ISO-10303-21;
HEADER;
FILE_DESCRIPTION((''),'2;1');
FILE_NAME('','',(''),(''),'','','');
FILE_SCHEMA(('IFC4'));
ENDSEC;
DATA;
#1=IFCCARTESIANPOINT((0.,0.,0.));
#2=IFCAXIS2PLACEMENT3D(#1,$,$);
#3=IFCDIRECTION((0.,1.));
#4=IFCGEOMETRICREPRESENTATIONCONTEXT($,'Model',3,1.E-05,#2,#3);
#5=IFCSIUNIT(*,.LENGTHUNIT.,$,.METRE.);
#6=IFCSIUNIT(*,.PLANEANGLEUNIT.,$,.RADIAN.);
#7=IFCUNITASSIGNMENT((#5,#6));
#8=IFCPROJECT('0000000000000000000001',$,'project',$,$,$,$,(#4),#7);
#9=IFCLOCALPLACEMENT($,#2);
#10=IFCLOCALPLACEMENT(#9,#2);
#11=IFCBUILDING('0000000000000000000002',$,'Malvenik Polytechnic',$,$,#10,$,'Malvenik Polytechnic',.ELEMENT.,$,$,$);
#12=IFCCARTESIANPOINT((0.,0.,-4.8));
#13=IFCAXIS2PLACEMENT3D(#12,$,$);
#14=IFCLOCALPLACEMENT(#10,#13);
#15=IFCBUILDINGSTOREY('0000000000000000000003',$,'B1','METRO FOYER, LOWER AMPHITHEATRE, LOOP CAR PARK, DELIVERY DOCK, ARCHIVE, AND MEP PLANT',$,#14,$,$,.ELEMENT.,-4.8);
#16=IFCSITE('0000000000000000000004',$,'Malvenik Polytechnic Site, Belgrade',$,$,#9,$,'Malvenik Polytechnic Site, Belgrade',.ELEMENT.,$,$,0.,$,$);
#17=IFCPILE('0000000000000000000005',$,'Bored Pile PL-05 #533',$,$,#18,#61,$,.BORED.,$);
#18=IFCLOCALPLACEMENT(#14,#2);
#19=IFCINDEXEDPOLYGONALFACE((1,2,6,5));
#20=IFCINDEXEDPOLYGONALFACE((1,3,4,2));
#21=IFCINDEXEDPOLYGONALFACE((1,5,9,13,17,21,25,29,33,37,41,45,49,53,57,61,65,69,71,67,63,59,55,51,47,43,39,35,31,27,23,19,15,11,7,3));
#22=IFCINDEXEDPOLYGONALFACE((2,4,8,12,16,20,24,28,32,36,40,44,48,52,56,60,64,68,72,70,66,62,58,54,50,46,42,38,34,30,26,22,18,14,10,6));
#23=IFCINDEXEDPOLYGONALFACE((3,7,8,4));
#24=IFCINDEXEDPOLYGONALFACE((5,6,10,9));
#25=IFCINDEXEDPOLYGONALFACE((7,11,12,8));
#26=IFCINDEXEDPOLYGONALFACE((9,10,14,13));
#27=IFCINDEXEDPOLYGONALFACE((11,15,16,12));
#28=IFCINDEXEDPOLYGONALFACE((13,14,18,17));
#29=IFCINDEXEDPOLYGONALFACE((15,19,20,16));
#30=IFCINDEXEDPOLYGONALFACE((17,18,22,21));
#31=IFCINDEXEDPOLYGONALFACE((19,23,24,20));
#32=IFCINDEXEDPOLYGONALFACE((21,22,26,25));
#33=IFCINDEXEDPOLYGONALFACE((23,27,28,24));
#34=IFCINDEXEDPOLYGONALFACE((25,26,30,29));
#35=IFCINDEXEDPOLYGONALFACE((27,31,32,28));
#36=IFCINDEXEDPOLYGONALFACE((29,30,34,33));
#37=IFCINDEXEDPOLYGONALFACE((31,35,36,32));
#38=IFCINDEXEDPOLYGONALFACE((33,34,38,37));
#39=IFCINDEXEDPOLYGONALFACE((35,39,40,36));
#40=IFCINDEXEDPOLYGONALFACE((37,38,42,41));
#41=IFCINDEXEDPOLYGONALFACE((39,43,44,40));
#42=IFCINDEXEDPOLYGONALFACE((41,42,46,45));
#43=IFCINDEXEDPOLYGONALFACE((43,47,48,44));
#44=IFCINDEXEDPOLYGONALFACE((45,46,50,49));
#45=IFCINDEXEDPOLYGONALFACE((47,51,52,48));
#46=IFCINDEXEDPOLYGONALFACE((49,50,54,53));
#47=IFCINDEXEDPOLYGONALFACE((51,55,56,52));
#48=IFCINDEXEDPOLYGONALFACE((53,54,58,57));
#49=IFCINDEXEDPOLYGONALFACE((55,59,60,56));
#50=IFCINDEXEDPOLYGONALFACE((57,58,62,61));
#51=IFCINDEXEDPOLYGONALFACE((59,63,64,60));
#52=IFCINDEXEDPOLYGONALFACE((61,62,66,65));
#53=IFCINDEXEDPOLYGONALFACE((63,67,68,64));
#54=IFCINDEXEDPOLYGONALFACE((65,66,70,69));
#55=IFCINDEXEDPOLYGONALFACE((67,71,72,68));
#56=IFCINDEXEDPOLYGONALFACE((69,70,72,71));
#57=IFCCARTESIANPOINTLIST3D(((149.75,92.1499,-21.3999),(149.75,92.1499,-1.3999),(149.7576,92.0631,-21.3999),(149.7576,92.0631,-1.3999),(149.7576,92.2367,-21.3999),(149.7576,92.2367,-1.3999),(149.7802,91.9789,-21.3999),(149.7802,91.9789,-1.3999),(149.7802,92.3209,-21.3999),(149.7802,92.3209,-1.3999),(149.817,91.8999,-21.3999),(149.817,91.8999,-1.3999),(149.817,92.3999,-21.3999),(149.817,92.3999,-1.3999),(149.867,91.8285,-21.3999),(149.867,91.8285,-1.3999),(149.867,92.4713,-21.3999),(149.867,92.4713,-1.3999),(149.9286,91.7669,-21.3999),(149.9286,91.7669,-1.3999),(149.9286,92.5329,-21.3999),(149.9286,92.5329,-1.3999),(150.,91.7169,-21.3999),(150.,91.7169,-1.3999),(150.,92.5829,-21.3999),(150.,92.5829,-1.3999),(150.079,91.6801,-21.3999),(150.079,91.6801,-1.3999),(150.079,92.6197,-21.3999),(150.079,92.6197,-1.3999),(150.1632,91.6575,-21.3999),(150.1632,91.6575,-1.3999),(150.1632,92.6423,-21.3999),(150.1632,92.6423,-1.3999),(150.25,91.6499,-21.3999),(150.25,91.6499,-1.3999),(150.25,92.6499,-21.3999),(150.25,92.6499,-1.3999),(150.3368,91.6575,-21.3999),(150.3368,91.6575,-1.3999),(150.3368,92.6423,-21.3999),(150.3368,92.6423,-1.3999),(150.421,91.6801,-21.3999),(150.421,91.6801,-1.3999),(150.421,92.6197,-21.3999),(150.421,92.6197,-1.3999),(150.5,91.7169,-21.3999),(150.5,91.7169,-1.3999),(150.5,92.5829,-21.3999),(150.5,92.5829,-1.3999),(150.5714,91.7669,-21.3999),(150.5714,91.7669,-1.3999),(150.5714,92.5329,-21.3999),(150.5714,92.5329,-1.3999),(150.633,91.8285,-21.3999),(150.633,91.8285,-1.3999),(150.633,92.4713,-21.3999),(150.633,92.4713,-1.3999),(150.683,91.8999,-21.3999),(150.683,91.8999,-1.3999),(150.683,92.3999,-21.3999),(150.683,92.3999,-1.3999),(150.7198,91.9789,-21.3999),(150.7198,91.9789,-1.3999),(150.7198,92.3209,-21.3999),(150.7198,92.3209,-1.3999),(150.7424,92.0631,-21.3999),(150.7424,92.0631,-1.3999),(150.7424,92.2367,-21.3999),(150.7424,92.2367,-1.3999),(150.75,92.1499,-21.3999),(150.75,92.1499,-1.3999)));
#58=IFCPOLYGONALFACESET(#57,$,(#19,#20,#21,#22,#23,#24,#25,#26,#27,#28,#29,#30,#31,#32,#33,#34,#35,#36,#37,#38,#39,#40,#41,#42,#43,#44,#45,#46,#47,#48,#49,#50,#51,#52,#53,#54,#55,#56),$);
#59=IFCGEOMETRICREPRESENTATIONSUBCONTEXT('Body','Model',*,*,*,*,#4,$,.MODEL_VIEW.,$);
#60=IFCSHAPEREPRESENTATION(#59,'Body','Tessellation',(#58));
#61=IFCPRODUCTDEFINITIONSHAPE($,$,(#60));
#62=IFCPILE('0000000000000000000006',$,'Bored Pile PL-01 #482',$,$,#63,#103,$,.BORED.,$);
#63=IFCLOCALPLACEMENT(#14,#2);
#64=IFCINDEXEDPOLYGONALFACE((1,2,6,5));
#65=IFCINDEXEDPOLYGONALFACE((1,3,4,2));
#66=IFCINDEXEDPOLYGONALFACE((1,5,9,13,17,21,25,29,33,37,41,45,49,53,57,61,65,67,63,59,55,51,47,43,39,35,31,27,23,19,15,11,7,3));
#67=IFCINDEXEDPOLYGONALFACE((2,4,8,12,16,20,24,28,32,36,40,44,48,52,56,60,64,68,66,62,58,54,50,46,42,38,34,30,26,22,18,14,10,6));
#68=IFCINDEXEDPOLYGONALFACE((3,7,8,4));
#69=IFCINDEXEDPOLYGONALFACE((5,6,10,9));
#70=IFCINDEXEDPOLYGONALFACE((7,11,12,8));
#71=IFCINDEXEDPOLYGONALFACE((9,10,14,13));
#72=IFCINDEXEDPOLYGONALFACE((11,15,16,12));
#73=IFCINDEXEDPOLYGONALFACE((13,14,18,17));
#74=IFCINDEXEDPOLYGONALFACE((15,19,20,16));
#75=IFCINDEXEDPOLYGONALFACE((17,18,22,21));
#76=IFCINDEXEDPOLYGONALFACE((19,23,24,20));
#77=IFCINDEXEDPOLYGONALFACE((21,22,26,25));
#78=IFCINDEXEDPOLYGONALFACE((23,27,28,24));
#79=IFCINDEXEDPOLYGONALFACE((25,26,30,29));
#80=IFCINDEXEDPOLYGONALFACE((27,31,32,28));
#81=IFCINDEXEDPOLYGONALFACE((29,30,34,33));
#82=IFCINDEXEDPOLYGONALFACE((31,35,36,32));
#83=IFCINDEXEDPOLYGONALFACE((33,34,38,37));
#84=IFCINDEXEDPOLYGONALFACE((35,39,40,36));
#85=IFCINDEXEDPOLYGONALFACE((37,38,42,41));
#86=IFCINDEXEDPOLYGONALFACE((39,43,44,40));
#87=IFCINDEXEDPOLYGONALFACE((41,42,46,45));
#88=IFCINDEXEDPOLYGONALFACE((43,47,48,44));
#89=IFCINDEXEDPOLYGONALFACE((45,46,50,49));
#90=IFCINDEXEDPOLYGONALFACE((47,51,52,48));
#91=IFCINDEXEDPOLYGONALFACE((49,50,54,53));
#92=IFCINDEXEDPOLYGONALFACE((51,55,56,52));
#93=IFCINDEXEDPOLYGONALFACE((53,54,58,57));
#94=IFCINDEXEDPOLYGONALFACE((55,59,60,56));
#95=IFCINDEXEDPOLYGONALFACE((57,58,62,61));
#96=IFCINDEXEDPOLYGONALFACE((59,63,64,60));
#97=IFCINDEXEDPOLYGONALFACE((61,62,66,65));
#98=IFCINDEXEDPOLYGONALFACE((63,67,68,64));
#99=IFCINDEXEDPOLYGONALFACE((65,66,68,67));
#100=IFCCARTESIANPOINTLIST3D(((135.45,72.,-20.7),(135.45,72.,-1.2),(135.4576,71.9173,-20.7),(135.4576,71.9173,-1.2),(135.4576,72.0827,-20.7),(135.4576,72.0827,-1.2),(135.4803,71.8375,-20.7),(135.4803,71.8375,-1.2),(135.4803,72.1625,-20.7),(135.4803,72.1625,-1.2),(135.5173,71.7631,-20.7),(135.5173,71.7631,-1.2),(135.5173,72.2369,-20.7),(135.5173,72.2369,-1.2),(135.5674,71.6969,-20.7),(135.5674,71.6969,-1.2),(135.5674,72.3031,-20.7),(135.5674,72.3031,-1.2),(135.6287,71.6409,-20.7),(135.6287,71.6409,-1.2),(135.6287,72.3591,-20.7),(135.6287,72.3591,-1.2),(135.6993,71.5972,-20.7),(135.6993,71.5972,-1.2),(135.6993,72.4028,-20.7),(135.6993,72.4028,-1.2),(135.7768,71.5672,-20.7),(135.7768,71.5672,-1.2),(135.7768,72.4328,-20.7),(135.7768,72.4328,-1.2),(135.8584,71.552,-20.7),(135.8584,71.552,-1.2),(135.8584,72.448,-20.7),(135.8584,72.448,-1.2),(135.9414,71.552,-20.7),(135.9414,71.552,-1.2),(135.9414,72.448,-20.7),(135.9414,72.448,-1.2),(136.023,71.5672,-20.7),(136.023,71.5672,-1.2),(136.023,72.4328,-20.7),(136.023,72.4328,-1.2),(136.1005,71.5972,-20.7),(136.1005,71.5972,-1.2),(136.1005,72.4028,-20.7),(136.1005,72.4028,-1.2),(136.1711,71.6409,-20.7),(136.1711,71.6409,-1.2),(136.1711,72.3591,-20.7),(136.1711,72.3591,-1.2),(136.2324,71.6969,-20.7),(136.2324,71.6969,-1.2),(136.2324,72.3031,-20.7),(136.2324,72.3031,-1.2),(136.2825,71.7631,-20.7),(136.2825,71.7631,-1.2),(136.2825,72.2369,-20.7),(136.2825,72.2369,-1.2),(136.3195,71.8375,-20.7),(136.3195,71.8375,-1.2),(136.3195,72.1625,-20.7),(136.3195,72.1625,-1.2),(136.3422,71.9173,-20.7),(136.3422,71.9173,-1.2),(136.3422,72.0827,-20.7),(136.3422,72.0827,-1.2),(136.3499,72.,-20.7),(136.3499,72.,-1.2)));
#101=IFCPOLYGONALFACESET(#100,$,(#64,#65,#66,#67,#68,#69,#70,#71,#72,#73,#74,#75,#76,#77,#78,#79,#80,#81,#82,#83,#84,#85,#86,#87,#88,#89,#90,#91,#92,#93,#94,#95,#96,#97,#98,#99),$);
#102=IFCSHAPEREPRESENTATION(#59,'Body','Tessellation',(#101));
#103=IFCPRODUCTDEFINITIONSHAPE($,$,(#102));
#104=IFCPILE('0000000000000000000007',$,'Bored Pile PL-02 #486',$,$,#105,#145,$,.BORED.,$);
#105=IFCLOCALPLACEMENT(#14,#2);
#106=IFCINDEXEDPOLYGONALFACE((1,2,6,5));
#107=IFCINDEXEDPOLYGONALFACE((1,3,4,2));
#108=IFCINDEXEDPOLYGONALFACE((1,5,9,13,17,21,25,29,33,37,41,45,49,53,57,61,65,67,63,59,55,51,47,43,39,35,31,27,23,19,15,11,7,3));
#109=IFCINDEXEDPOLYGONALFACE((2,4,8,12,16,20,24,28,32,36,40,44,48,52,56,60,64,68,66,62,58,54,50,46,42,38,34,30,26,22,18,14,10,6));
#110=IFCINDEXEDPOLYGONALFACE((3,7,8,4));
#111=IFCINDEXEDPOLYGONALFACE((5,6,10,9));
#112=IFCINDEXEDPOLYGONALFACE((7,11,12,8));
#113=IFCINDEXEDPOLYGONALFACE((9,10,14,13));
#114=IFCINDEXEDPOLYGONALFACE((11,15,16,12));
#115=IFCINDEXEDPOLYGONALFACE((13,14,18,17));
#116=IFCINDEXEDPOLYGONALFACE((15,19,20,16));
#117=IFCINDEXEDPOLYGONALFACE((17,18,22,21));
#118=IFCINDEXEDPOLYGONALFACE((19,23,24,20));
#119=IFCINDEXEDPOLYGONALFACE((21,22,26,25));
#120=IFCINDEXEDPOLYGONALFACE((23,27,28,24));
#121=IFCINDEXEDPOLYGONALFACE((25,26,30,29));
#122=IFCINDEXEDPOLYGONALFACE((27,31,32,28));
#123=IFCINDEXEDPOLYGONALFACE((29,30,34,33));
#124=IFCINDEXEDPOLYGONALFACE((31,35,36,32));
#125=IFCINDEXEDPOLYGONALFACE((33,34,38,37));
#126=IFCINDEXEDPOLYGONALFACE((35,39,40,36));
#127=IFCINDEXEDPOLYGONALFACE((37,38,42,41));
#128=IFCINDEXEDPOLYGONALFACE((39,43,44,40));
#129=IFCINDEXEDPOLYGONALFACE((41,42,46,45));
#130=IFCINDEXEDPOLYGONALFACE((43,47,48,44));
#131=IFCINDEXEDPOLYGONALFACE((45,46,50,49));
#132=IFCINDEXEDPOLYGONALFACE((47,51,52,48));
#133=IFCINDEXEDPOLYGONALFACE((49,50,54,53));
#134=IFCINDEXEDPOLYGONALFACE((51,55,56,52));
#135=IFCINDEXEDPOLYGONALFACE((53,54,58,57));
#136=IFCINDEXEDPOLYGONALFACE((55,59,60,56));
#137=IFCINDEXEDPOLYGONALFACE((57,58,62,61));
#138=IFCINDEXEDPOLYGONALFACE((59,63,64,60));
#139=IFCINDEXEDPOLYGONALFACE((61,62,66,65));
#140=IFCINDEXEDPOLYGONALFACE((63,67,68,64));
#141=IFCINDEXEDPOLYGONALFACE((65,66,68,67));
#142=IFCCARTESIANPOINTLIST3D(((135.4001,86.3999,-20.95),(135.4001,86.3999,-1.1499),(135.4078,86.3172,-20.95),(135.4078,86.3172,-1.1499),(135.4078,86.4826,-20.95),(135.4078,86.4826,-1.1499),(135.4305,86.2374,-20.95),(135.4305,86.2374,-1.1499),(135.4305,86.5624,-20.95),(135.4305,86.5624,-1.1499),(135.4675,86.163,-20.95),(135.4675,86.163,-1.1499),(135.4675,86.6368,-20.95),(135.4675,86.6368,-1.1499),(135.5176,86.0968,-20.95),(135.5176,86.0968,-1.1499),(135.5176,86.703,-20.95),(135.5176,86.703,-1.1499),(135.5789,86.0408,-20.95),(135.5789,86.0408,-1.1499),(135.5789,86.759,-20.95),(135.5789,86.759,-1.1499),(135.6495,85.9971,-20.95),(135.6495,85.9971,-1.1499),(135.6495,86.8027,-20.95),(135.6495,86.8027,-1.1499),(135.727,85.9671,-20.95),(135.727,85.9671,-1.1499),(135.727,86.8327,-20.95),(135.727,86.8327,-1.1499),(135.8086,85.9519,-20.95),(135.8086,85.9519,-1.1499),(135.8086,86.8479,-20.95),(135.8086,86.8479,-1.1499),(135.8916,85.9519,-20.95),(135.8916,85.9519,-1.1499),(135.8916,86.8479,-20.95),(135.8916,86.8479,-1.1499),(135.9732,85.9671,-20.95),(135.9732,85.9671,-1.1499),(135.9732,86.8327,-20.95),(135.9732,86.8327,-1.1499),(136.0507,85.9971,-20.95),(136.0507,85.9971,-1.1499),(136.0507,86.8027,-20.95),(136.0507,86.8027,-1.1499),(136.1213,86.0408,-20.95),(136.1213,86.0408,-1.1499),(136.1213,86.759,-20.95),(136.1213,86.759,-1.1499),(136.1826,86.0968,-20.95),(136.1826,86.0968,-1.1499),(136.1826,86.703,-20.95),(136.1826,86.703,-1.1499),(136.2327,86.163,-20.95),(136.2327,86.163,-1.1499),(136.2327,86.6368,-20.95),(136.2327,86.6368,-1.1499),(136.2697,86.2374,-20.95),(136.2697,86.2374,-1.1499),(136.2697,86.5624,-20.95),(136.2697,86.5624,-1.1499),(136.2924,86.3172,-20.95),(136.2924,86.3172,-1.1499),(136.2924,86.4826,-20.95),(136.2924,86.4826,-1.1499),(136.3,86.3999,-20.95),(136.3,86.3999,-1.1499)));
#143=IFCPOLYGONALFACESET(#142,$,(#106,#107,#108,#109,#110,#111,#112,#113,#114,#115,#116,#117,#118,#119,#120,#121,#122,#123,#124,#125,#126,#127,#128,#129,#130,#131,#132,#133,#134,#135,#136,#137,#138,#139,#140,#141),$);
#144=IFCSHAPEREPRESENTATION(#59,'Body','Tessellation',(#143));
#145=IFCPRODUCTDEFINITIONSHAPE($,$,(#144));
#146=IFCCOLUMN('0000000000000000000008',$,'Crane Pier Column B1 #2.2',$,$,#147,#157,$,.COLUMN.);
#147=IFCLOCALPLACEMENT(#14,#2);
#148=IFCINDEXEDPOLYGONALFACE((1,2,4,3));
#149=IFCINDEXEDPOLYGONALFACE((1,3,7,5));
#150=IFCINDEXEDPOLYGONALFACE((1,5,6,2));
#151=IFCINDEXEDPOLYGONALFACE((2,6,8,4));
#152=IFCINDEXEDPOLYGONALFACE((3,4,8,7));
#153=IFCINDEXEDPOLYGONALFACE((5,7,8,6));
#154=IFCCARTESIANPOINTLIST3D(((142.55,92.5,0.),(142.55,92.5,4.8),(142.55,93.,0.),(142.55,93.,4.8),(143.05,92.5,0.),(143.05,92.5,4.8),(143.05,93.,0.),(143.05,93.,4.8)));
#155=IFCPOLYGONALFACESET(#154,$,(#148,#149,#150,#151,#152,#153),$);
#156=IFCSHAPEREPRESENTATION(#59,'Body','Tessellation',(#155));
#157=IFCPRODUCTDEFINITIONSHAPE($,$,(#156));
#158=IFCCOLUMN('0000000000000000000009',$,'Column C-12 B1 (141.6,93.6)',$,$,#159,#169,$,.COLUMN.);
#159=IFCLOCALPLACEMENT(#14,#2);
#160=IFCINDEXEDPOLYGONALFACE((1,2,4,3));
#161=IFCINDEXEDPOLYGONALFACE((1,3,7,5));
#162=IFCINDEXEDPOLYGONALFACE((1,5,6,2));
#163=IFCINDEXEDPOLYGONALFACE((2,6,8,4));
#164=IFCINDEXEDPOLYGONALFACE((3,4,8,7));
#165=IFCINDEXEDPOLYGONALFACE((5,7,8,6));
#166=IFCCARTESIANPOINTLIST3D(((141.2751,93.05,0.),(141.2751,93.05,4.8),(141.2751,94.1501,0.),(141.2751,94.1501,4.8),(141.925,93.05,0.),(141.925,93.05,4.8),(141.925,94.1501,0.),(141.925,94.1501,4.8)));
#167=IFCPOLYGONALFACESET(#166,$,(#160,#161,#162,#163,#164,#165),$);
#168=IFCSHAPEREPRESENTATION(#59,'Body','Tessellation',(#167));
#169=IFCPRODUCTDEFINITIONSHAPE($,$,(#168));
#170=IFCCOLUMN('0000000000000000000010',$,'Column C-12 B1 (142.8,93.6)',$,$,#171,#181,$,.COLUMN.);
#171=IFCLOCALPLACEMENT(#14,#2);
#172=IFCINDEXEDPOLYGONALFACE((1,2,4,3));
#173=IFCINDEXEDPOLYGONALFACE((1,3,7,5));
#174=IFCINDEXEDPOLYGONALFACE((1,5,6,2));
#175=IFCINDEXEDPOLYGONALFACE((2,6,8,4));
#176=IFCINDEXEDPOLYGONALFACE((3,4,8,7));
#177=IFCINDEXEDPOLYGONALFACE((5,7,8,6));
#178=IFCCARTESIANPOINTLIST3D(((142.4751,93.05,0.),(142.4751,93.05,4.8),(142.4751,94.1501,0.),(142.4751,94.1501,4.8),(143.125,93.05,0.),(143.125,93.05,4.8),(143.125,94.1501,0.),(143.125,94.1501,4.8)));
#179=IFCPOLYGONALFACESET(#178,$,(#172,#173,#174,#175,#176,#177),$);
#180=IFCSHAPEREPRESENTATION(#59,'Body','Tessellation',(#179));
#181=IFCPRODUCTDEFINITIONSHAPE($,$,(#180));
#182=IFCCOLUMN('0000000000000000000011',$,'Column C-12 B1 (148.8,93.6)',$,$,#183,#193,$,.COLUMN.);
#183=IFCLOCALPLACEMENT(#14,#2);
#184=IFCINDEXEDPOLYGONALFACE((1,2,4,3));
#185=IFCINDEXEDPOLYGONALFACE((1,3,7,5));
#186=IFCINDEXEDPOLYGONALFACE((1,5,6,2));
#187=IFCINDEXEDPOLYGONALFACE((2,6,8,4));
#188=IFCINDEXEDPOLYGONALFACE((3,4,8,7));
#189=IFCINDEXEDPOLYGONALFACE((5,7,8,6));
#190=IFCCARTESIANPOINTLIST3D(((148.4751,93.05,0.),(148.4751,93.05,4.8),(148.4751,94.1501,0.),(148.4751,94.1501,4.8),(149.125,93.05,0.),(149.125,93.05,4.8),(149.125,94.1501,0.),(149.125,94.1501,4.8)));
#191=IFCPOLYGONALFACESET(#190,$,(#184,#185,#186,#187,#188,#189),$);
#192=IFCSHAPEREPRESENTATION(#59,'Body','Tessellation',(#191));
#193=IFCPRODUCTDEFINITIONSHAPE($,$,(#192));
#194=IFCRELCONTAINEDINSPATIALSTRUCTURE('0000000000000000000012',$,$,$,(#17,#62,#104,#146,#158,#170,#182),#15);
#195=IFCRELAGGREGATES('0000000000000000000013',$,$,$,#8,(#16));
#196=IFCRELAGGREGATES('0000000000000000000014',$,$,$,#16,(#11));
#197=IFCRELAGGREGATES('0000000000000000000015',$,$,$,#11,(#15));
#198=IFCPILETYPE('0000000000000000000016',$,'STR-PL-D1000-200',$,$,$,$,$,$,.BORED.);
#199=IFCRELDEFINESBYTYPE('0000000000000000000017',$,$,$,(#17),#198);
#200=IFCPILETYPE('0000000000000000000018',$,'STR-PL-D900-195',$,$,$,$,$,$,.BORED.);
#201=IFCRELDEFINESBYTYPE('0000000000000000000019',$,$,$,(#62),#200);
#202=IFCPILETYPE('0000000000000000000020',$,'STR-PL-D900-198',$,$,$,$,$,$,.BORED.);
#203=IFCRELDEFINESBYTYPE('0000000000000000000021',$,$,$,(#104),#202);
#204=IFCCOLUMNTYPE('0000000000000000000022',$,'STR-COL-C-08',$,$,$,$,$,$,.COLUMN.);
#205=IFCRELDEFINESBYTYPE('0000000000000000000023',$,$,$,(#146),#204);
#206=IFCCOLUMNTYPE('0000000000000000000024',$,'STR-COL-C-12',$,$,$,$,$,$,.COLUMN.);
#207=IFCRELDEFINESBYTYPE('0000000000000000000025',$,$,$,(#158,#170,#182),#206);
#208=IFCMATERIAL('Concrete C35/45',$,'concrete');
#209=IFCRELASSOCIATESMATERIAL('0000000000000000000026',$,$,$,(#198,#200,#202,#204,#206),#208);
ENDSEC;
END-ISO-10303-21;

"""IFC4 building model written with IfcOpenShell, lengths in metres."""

from ifc_helpers import new_model, si_unit, direction, frame, origin, origin_2d, place, context, subcontext, project, spatial, rectangle, circle, extrude, material, material_profile, profile_set, type_object, element, save


model = new_model("IFC4")

# Units and contexts
model_context = context("Model", 3, precision=1e-05, world=origin(), true_north=direction((0.0, 1.0)))
body_context = subcontext(model_context, "Body", "Model", "MODEL_VIEW")
ifc_project = project(units=[si_unit("LENGTHUNIT", "METRE"), si_unit("PLANEANGLEUNIT", "RADIAN")], contexts=[model_context])

# Site, building, storey
site_placement = place(None, origin())
site = spatial("IfcSite", under=ifc_project, at=site_placement, Name="Malvenik Polytechnic Site, Belgrade", LongName="Malvenik Polytechnic Site, Belgrade", CompositionType="ELEMENT", RefElevation=0.0)
building_placement = place(site_placement, origin())
building = spatial("IfcBuilding", under=site, at=building_placement, Name="Malvenik Polytechnic", LongName="Malvenik Polytechnic", CompositionType="ELEMENT")
storey_placement = place(building_placement, frame((0.0, 0.0, -4.8)))
storey = spatial("IfcBuildingStorey", under=building, at=storey_placement, Name="B1", Description="METRO FOYER, LOWER AMPHITHEATRE, LOOP CAR PARK, DELIVERY DOCK, ARCHIVE, AND MEP PLANT", CompositionType="ELEMENT", Elevation=-4.8)

# Shared definitions
ifc_material_1 = material(Name="Concrete C35/45", Category="concrete")

# Piles
ifc_material_profile_1 = material_profile(ifc_material_1, circle(Radius=0.5, at=origin_2d()), Name="BORED PILE D1000")
ifc_profile_set_1 = profile_set([ifc_material_profile_1], Name="Concrete C35/45")
pile_type_1 = type_object("IfcPileType", Name="STR-PL-D1000-200", PredefinedType="BORED", material=ifc_profile_set_1)
for number, where, z_axis, x_axis, name in (
    (1, (150.25, 92.1499, -1.3999), (0.0, 0.0, -1.0), (1.0, 0.0, 0.0), "Bored Pile PL-05 #533"),
):
    element("IfcPile", number, at=place(storey_placement, frame(where, z_axis=z_axis, x_axis=x_axis)), inside=storey, type_object=pile_type_1, Name=name, PredefinedType="BORED", context=body_context, shape_type="SweptSolid", body=[
        extrude(circle(Radius=0.5, at=origin_2d()), origin(), (0.0, 0.0, 1.0), 20.0),
    ])
ifc_material_profile_2 = material_profile(ifc_material_1, circle(Radius=0.45, at=origin_2d()), Name="BORED PILE D900")
ifc_profile_set_2 = profile_set([ifc_material_profile_2], Name="Concrete C35/45")
pile_type_2 = type_object("IfcPileType", Name="STR-PL-D900-195", PredefinedType="BORED", material=ifc_profile_set_2)
pile_1_placement = place(storey_placement, frame((135.8999, 72.0, -1.2), z_axis=(0.0, 0.0, -1.0), x_axis=(1.0, 0.0, 0.0)))
element("IfcPile", 2, at=pile_1_placement, inside=storey, type_object=pile_type_2, Name="Bored Pile PL-01 #482", PredefinedType="BORED", context=body_context, shape_type="SweptSolid", body=[
    extrude(circle(Radius=0.45, at=origin_2d()), origin(), (0.0, 0.0, 1.0), 19.5),
])
ifc_material_profile_3 = material_profile(ifc_material_1, circle(Radius=0.45, at=origin_2d()), Name="BORED PILE D900")
ifc_profile_set_3 = profile_set([ifc_material_profile_3], Name="Concrete C35/45")
pile_type_3 = type_object("IfcPileType", Name="STR-PL-D900-198", PredefinedType="BORED", material=ifc_profile_set_3)
pile_2_placement = place(storey_placement, frame((135.8501, 86.3999, -1.1499), z_axis=(0.0, 0.0, -1.0), x_axis=(1.0, 0.0, 0.0)))
element("IfcPile", 3, at=pile_2_placement, inside=storey, type_object=pile_type_3, Name="Bored Pile PL-02 #486", PredefinedType="BORED", context=body_context, shape_type="SweptSolid", body=[
    extrude(circle(Radius=0.45, at=origin_2d()), origin(), (0.0, 0.0, 1.0), 19.8),
])

# Columns
ifc_material_profile_4 = material_profile(ifc_material_1, rectangle(XDim=0.5, YDim=0.5, at=origin_2d()), Name="RC COL 500x500")
ifc_profile_set_4 = profile_set([ifc_material_profile_4], Name="Concrete C35/45")
column_type_1 = type_object("IfcColumnType", Name="STR-COL-C-08", PredefinedType="COLUMN", material=ifc_profile_set_4)
column_placement = place(storey_placement, frame((142.8, 92.75, 0.0), z_axis=(0.0, 0.0, 1.0), x_axis=(1.0, 0.0, 0.0)))
element("IfcColumn", 4, at=column_placement, inside=storey, type_object=column_type_1, Name="Crane Pier Column B1 #2.2", PredefinedType="COLUMN", context=body_context, shape_type="SweptSolid", body=[
    extrude(rectangle(XDim=0.5, YDim=0.5, at=origin_2d()), origin(), (0.0, 0.0, 1.0), 4.8),
])
ifc_material_profile_5 = material_profile(ifc_material_1, rectangle(XDim=0.6499, YDim=1.1001, at=origin_2d()), Name="RC COL 1100x650")
ifc_profile_set_5 = profile_set([ifc_material_profile_5], Name="Concrete C35/45")
column_type_2 = type_object("IfcColumnType", Name="STR-COL-C-12", PredefinedType="COLUMN", material=ifc_profile_set_5)
for number, where, z_axis, x_axis, name in (
    (5, (141.6001, 93.6001, 0.0), (0.0, 0.0, 1.0), (1.0, 0.0, 0.0), "Column C-12 B1 (141.6,93.6)"),
    (6, (142.8, 93.6001, 0.0), (0.0, 0.0, 1.0), (1.0, 0.0, 0.0), "Column C-12 B1 (142.8,93.6)"),
    (7, (148.8, 93.6001, 0.0), (0.0, 0.0, 1.0), (1.0, 0.0, 0.0), "Column C-12 B1 (148.8,93.6)"),
):
    element("IfcColumn", number, at=place(storey_placement, frame(where, z_axis=z_axis, x_axis=x_axis)), inside=storey, type_object=column_type_2, Name=name, PredefinedType="COLUMN", context=body_context, shape_type="SweptSolid", body=[
        extrude(rectangle(XDim=0.6499, YDim=1.1001, at=origin_2d()), origin(), (0.0, 0.0, 1.0), 4.8),
    ])

save(model, "model.ifc")
